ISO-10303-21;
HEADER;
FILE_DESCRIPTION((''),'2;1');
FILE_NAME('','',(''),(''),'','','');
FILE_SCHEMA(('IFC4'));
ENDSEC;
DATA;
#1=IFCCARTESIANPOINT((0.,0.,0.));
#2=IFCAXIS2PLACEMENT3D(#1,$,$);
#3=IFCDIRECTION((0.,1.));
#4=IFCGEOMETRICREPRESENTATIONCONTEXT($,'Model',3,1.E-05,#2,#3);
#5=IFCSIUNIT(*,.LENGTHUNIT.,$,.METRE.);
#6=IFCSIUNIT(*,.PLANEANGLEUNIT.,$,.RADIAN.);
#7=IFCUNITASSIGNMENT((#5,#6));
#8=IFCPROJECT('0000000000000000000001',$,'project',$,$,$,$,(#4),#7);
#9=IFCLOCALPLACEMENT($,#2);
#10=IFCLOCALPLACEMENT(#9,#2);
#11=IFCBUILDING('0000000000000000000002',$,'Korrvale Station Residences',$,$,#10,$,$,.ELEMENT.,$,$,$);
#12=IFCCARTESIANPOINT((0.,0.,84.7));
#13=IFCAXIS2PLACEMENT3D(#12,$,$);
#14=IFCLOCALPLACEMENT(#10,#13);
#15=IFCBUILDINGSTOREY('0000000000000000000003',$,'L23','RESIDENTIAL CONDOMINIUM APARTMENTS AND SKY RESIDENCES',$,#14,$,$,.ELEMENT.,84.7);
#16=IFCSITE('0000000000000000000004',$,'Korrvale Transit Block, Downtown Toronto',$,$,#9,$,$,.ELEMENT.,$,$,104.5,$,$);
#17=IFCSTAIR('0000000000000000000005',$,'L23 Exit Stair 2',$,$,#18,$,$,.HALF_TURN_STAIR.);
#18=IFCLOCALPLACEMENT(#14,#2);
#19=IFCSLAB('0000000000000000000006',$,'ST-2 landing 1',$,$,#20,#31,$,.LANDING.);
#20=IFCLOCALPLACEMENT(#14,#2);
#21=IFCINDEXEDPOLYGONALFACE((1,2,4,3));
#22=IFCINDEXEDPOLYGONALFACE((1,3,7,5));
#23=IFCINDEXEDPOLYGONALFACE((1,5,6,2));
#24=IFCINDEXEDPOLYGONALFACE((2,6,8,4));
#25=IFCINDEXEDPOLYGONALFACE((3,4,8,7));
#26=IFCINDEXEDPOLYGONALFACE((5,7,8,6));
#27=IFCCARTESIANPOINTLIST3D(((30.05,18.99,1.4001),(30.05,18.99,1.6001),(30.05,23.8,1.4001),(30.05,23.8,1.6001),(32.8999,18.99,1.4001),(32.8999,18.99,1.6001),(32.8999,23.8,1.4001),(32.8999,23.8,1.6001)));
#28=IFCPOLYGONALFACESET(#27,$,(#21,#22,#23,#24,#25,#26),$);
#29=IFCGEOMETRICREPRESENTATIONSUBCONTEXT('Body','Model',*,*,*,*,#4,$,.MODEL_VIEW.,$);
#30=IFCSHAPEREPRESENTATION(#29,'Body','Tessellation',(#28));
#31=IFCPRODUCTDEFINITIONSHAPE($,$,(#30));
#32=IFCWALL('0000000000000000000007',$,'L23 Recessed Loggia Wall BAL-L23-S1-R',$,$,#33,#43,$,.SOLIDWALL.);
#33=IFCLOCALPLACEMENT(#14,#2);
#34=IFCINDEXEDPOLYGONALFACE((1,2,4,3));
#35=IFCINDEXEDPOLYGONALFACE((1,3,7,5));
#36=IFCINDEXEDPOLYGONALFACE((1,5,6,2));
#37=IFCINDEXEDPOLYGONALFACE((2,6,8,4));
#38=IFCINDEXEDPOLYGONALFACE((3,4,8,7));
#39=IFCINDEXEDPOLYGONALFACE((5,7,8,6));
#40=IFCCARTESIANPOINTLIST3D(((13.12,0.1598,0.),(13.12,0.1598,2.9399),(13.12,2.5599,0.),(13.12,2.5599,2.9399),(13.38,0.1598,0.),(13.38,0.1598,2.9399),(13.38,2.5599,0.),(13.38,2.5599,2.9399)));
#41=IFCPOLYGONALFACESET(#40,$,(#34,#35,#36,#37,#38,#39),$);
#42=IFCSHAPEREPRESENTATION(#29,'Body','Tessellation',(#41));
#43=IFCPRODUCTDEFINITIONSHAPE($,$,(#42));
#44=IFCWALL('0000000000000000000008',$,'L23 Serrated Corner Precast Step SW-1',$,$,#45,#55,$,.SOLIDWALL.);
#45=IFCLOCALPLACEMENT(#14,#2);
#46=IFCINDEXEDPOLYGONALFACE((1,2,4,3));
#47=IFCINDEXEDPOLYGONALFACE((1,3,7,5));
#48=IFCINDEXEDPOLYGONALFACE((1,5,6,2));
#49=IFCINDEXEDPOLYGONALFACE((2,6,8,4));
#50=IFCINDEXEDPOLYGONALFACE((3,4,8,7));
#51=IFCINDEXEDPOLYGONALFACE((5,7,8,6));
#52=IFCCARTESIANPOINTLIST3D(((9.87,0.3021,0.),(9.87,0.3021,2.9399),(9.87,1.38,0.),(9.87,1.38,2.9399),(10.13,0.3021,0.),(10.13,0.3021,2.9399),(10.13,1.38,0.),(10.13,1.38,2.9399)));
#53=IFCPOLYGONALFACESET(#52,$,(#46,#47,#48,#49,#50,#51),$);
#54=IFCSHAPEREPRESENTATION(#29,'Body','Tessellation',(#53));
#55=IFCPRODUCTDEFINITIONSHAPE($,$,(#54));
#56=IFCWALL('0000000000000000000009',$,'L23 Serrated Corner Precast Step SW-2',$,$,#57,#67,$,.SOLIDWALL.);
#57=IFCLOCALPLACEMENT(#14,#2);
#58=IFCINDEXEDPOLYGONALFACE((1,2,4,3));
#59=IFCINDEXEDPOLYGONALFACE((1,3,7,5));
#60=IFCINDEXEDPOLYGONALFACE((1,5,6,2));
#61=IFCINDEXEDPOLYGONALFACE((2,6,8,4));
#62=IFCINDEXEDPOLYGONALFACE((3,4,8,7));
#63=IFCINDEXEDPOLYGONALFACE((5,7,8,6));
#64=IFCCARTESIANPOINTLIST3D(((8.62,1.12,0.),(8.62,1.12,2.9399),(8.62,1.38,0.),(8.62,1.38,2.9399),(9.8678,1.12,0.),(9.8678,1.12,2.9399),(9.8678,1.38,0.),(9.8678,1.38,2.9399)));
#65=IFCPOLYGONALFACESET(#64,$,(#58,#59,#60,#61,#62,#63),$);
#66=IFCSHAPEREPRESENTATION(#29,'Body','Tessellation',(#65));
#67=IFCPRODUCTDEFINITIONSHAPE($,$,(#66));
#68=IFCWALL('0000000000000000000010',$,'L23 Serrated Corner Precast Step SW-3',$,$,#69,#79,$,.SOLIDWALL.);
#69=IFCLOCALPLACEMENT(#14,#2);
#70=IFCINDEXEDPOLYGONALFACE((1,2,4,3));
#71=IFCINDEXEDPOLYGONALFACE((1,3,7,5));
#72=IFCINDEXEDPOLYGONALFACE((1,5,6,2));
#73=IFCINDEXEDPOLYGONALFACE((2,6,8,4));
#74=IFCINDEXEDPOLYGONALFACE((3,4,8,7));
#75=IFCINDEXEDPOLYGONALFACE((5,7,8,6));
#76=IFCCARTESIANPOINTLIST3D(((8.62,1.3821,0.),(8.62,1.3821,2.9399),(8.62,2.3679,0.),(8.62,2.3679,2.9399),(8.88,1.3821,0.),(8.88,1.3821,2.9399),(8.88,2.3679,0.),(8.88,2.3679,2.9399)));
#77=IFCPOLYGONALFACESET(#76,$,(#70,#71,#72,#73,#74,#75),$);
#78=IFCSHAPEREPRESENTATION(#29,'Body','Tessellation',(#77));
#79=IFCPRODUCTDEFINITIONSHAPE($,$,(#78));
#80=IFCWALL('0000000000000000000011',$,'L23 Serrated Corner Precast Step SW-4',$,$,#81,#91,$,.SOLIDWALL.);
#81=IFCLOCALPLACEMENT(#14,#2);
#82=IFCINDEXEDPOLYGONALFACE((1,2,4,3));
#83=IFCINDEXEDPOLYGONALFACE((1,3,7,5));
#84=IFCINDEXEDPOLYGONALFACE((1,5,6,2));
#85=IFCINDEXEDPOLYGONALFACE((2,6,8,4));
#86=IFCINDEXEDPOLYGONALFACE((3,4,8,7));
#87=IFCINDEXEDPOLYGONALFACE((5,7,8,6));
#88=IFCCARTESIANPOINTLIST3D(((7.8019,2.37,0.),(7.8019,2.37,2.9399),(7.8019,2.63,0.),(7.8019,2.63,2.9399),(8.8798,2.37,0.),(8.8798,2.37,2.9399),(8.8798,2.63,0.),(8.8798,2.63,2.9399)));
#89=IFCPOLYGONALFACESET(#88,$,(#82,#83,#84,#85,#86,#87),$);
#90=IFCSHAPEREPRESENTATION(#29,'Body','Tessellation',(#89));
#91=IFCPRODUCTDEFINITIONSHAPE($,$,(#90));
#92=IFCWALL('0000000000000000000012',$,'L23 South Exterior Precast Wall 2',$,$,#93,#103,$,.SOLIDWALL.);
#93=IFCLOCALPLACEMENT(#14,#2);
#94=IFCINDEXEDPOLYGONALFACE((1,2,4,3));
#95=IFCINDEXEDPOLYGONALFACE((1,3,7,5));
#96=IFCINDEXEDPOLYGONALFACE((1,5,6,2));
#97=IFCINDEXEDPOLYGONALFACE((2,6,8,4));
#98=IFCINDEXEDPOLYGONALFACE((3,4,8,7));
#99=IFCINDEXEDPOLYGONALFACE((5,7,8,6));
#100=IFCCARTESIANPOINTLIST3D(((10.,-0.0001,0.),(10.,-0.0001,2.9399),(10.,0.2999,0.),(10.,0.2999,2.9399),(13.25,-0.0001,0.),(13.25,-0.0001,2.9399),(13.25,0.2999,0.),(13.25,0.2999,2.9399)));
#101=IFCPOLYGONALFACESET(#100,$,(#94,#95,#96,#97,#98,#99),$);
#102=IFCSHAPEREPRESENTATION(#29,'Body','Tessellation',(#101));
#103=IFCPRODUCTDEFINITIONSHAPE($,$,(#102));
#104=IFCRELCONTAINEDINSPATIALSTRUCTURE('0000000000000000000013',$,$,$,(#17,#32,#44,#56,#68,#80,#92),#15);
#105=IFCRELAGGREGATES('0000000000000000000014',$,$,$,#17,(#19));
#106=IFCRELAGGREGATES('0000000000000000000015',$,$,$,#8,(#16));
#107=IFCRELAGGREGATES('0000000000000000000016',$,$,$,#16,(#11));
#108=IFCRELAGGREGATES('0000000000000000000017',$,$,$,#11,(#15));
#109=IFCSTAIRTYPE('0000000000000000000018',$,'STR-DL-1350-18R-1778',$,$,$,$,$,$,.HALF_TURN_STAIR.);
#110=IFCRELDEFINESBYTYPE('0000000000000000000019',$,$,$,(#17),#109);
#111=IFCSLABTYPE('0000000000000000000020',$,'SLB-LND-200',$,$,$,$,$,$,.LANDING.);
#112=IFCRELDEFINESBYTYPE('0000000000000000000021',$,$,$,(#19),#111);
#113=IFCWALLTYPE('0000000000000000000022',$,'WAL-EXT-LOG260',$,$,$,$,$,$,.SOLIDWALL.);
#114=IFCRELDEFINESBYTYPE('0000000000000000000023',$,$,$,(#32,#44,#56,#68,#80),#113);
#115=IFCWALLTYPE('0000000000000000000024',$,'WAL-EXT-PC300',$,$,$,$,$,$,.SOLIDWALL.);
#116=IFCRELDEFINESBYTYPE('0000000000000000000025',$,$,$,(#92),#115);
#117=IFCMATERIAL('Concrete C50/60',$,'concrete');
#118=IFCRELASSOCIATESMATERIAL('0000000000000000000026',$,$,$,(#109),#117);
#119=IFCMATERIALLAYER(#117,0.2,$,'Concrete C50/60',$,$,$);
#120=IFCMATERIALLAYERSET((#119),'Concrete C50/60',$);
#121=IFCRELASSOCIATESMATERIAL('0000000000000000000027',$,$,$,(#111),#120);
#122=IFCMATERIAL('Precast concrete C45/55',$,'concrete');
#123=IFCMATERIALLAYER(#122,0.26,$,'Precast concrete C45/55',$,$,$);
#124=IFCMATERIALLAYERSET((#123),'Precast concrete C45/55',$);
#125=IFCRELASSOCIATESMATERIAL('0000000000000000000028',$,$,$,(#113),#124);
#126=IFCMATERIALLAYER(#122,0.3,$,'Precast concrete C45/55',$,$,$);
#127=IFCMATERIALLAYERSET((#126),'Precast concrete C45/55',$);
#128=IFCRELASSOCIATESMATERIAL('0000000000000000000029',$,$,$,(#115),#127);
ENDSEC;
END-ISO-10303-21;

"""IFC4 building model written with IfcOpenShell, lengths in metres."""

from ifc_helpers import new_model, si_unit, direction, frame, frame_2d, origin, place, context, subcontext, project, spatial, polyline, rectangle, outline, extrude, material, layer, layer_set, type_object, element, aggregate, save


model = new_model("IFC4")

# Units and contexts
model_context = context("Model", 3, precision=1e-05, world=origin(), true_north=direction((0.0, 1.0)))
body_context = subcontext(model_context, "Body", "Model", "MODEL_VIEW")
ifc_project = project(units=[si_unit("LENGTHUNIT", "METRE"), si_unit("PLANEANGLEUNIT", "RADIAN")], contexts=[model_context])

# Site, building, storey
site_placement = place(None, origin())
site = spatial("IfcSite", under=ifc_project, at=site_placement, Name="Korrvale Transit Block, Downtown Toronto", CompositionType="ELEMENT", RefElevation=104.5)
building_placement = place(site_placement, origin())
building = spatial("IfcBuilding", under=site, at=building_placement, Name="Korrvale Station Residences", CompositionType="ELEMENT")
storey_placement = place(building_placement, frame((0.0, 0.0, 84.7)))
storey = spatial("IfcBuildingStorey", under=building, at=storey_placement, Name="L23", Description="RESIDENTIAL CONDOMINIUM APARTMENTS AND SKY RESIDENCES", CompositionType="ELEMENT", Elevation=84.7)

# Shared definitions
ifc_material_1 = material(Name="Concrete C50/60", Category="concrete")

# Stair, slab
stair_type = type_object("IfcStairType", Name="STR-DL-1350-18R-1778", PredefinedType="HALF_TURN_STAIR", material=ifc_material_1)
ifc_layer_1 = layer(ifc_material_1, 0.2, Name="Concrete C50/60")
ifc_layer_set_1 = layer_set([ifc_layer_1], Name="Concrete C50/60")
slab_type_1 = type_object("IfcSlabType", Name="SLB-LND-200", PredefinedType="LANDING", material=ifc_layer_set_1)
stair_1_placement = place(storey_placement, origin())
stair_1 = element("IfcStair", 1, at=stair_1_placement, inside=storey, type_object=stair_type, Name="L23 Exit Stair 2", PredefinedType="HALF_TURN_STAIR")
slab_1_placement = place(storey_placement, frame((0.0, 0.0, 1.4001)))
slab_1 = element("IfcSlab", 2, at=slab_1_placement, type_object=slab_type_1, Name="ST-2 landing 1", PredefinedType="LANDING", context=body_context, shape_type="SweptSolid", body=[
    extrude(outline(polyline([(32.8999, 18.99), (32.8999, 23.8), (30.05, 23.8), (30.05, 18.99), (32.8999, 18.99)])), origin(), (0.0, 0.0, 1.0), 0.2),
])
aggregate(stair_1, [slab_1])

# Walls
ifc_material_2 = material(Name="Precast concrete C45/55", Category="concrete")
ifc_layer_2 = layer(ifc_material_2, 0.26, Name="Precast concrete C45/55")
ifc_layer_set_2 = layer_set([ifc_layer_2], Name="Precast concrete C45/55")
wall_type_1 = type_object("IfcWallType", Name="WAL-EXT-LOG260", PredefinedType="SOLIDWALL", material=ifc_layer_set_2)
wall_1_placement = place(storey_placement, frame((13.25, 2.5601, 0.0), z_axis=(0.0, 0.0, 1.0), x_axis=(0.0, -1.0, 0.0)))
element("IfcWall", 3, at=wall_1_placement, inside=storey, type_object=wall_type_1, Name="L23 Recessed Loggia Wall BAL-L23-S1-R", PredefinedType="SOLIDWALL", context=body_context, shape_type="SweptSolid", body=[
    extrude(rectangle(XDim=2.4001, YDim=0.26, at=frame_2d((1.2002, 0.0))), origin(), (0.0, 0.0, 1.0), 2.9399),
])
wall_2_placement = place(storey_placement, frame((10.0, 0.302, 0.0), z_axis=(0.0, 0.0, 1.0), x_axis=(0.0, 1.0, 0.0)))
element("IfcWall", 4, at=wall_2_placement, inside=storey, type_object=wall_type_1, Name="L23 Serrated Corner Precast Step SW-1", PredefinedType="SOLIDWALL", context=body_context, shape_type="SweptSolid", body=[
    extrude(rectangle(XDim=1.0779, YDim=0.26, at=frame_2d((0.5391, 0.0))), origin(), (0.0, 0.0, 1.0), 2.9399),
])
wall_3_placement = place(storey_placement, frame((9.8679, 1.25, 0.0), z_axis=(0.0, 0.0, 1.0), x_axis=(-1.0, 0.0, 0.0)))
element("IfcWall", 5, at=wall_3_placement, inside=storey, type_object=wall_type_1, Name="L23 Serrated Corner Precast Step SW-2", PredefinedType="SOLIDWALL", context=body_context, shape_type="SweptSolid", body=[
    extrude(rectangle(XDim=1.2478, YDim=0.26, at=frame_2d((0.624, 0.0))), origin(), (0.0, 0.0, 1.0), 2.9399),
])
wall_4_placement = place(storey_placement, frame((8.75, 1.3821, 0.0), z_axis=(0.0, 0.0, 1.0), x_axis=(0.0, 1.0, 0.0)))
element("IfcWall", 6, at=wall_4_placement, inside=storey, type_object=wall_type_1, Name="L23 Serrated Corner Precast Step SW-3", PredefinedType="SOLIDWALL", context=body_context, shape_type="SweptSolid", body=[
    extrude(rectangle(XDim=0.9858, YDim=0.26, at=frame_2d((0.4929, 0.0))), origin(), (0.0, 0.0, 1.0), 2.9399),
])
wall_5_placement = place(storey_placement, frame((8.8799, 2.5, 0.0), z_axis=(0.0, 0.0, 1.0), x_axis=(-1.0, 0.0, 0.0)))
element("IfcWall", 7, at=wall_5_placement, inside=storey, type_object=wall_type_1, Name="L23 Serrated Corner Precast Step SW-4", PredefinedType="SOLIDWALL", context=body_context, shape_type="SweptSolid", body=[
    extrude(rectangle(XDim=1.0779, YDim=0.26, at=frame_2d((0.5391, 0.0))), origin(), (0.0, 0.0, 1.0), 2.9399),
])
ifc_layer_3 = layer(ifc_material_2, 0.3, Name="Precast concrete C45/55")
ifc_layer_set_3 = layer_set([ifc_layer_3], Name="Precast concrete C45/55")
wall_type_2 = type_object("IfcWallType", Name="WAL-EXT-PC300", PredefinedType="SOLIDWALL", material=ifc_layer_set_3)
wall_6_placement = place(storey_placement, frame((13.25, 0.1499, 0.0), z_axis=(0.0, 0.0, 1.0), x_axis=(-1.0, 0.0, 0.0)))
element("IfcWall", 8, at=wall_6_placement, inside=storey, type_object=wall_type_2, Name="L23 South Exterior Precast Wall 2", PredefinedType="SOLIDWALL", context=body_context, shape_type="SweptSolid", body=[
    extrude(rectangle(XDim=3.25, YDim=0.3, at=frame_2d((1.625, 0.0))), origin(), (0.0, 0.0, 1.0), 2.9399),
])

save(model, "model.ifc")
